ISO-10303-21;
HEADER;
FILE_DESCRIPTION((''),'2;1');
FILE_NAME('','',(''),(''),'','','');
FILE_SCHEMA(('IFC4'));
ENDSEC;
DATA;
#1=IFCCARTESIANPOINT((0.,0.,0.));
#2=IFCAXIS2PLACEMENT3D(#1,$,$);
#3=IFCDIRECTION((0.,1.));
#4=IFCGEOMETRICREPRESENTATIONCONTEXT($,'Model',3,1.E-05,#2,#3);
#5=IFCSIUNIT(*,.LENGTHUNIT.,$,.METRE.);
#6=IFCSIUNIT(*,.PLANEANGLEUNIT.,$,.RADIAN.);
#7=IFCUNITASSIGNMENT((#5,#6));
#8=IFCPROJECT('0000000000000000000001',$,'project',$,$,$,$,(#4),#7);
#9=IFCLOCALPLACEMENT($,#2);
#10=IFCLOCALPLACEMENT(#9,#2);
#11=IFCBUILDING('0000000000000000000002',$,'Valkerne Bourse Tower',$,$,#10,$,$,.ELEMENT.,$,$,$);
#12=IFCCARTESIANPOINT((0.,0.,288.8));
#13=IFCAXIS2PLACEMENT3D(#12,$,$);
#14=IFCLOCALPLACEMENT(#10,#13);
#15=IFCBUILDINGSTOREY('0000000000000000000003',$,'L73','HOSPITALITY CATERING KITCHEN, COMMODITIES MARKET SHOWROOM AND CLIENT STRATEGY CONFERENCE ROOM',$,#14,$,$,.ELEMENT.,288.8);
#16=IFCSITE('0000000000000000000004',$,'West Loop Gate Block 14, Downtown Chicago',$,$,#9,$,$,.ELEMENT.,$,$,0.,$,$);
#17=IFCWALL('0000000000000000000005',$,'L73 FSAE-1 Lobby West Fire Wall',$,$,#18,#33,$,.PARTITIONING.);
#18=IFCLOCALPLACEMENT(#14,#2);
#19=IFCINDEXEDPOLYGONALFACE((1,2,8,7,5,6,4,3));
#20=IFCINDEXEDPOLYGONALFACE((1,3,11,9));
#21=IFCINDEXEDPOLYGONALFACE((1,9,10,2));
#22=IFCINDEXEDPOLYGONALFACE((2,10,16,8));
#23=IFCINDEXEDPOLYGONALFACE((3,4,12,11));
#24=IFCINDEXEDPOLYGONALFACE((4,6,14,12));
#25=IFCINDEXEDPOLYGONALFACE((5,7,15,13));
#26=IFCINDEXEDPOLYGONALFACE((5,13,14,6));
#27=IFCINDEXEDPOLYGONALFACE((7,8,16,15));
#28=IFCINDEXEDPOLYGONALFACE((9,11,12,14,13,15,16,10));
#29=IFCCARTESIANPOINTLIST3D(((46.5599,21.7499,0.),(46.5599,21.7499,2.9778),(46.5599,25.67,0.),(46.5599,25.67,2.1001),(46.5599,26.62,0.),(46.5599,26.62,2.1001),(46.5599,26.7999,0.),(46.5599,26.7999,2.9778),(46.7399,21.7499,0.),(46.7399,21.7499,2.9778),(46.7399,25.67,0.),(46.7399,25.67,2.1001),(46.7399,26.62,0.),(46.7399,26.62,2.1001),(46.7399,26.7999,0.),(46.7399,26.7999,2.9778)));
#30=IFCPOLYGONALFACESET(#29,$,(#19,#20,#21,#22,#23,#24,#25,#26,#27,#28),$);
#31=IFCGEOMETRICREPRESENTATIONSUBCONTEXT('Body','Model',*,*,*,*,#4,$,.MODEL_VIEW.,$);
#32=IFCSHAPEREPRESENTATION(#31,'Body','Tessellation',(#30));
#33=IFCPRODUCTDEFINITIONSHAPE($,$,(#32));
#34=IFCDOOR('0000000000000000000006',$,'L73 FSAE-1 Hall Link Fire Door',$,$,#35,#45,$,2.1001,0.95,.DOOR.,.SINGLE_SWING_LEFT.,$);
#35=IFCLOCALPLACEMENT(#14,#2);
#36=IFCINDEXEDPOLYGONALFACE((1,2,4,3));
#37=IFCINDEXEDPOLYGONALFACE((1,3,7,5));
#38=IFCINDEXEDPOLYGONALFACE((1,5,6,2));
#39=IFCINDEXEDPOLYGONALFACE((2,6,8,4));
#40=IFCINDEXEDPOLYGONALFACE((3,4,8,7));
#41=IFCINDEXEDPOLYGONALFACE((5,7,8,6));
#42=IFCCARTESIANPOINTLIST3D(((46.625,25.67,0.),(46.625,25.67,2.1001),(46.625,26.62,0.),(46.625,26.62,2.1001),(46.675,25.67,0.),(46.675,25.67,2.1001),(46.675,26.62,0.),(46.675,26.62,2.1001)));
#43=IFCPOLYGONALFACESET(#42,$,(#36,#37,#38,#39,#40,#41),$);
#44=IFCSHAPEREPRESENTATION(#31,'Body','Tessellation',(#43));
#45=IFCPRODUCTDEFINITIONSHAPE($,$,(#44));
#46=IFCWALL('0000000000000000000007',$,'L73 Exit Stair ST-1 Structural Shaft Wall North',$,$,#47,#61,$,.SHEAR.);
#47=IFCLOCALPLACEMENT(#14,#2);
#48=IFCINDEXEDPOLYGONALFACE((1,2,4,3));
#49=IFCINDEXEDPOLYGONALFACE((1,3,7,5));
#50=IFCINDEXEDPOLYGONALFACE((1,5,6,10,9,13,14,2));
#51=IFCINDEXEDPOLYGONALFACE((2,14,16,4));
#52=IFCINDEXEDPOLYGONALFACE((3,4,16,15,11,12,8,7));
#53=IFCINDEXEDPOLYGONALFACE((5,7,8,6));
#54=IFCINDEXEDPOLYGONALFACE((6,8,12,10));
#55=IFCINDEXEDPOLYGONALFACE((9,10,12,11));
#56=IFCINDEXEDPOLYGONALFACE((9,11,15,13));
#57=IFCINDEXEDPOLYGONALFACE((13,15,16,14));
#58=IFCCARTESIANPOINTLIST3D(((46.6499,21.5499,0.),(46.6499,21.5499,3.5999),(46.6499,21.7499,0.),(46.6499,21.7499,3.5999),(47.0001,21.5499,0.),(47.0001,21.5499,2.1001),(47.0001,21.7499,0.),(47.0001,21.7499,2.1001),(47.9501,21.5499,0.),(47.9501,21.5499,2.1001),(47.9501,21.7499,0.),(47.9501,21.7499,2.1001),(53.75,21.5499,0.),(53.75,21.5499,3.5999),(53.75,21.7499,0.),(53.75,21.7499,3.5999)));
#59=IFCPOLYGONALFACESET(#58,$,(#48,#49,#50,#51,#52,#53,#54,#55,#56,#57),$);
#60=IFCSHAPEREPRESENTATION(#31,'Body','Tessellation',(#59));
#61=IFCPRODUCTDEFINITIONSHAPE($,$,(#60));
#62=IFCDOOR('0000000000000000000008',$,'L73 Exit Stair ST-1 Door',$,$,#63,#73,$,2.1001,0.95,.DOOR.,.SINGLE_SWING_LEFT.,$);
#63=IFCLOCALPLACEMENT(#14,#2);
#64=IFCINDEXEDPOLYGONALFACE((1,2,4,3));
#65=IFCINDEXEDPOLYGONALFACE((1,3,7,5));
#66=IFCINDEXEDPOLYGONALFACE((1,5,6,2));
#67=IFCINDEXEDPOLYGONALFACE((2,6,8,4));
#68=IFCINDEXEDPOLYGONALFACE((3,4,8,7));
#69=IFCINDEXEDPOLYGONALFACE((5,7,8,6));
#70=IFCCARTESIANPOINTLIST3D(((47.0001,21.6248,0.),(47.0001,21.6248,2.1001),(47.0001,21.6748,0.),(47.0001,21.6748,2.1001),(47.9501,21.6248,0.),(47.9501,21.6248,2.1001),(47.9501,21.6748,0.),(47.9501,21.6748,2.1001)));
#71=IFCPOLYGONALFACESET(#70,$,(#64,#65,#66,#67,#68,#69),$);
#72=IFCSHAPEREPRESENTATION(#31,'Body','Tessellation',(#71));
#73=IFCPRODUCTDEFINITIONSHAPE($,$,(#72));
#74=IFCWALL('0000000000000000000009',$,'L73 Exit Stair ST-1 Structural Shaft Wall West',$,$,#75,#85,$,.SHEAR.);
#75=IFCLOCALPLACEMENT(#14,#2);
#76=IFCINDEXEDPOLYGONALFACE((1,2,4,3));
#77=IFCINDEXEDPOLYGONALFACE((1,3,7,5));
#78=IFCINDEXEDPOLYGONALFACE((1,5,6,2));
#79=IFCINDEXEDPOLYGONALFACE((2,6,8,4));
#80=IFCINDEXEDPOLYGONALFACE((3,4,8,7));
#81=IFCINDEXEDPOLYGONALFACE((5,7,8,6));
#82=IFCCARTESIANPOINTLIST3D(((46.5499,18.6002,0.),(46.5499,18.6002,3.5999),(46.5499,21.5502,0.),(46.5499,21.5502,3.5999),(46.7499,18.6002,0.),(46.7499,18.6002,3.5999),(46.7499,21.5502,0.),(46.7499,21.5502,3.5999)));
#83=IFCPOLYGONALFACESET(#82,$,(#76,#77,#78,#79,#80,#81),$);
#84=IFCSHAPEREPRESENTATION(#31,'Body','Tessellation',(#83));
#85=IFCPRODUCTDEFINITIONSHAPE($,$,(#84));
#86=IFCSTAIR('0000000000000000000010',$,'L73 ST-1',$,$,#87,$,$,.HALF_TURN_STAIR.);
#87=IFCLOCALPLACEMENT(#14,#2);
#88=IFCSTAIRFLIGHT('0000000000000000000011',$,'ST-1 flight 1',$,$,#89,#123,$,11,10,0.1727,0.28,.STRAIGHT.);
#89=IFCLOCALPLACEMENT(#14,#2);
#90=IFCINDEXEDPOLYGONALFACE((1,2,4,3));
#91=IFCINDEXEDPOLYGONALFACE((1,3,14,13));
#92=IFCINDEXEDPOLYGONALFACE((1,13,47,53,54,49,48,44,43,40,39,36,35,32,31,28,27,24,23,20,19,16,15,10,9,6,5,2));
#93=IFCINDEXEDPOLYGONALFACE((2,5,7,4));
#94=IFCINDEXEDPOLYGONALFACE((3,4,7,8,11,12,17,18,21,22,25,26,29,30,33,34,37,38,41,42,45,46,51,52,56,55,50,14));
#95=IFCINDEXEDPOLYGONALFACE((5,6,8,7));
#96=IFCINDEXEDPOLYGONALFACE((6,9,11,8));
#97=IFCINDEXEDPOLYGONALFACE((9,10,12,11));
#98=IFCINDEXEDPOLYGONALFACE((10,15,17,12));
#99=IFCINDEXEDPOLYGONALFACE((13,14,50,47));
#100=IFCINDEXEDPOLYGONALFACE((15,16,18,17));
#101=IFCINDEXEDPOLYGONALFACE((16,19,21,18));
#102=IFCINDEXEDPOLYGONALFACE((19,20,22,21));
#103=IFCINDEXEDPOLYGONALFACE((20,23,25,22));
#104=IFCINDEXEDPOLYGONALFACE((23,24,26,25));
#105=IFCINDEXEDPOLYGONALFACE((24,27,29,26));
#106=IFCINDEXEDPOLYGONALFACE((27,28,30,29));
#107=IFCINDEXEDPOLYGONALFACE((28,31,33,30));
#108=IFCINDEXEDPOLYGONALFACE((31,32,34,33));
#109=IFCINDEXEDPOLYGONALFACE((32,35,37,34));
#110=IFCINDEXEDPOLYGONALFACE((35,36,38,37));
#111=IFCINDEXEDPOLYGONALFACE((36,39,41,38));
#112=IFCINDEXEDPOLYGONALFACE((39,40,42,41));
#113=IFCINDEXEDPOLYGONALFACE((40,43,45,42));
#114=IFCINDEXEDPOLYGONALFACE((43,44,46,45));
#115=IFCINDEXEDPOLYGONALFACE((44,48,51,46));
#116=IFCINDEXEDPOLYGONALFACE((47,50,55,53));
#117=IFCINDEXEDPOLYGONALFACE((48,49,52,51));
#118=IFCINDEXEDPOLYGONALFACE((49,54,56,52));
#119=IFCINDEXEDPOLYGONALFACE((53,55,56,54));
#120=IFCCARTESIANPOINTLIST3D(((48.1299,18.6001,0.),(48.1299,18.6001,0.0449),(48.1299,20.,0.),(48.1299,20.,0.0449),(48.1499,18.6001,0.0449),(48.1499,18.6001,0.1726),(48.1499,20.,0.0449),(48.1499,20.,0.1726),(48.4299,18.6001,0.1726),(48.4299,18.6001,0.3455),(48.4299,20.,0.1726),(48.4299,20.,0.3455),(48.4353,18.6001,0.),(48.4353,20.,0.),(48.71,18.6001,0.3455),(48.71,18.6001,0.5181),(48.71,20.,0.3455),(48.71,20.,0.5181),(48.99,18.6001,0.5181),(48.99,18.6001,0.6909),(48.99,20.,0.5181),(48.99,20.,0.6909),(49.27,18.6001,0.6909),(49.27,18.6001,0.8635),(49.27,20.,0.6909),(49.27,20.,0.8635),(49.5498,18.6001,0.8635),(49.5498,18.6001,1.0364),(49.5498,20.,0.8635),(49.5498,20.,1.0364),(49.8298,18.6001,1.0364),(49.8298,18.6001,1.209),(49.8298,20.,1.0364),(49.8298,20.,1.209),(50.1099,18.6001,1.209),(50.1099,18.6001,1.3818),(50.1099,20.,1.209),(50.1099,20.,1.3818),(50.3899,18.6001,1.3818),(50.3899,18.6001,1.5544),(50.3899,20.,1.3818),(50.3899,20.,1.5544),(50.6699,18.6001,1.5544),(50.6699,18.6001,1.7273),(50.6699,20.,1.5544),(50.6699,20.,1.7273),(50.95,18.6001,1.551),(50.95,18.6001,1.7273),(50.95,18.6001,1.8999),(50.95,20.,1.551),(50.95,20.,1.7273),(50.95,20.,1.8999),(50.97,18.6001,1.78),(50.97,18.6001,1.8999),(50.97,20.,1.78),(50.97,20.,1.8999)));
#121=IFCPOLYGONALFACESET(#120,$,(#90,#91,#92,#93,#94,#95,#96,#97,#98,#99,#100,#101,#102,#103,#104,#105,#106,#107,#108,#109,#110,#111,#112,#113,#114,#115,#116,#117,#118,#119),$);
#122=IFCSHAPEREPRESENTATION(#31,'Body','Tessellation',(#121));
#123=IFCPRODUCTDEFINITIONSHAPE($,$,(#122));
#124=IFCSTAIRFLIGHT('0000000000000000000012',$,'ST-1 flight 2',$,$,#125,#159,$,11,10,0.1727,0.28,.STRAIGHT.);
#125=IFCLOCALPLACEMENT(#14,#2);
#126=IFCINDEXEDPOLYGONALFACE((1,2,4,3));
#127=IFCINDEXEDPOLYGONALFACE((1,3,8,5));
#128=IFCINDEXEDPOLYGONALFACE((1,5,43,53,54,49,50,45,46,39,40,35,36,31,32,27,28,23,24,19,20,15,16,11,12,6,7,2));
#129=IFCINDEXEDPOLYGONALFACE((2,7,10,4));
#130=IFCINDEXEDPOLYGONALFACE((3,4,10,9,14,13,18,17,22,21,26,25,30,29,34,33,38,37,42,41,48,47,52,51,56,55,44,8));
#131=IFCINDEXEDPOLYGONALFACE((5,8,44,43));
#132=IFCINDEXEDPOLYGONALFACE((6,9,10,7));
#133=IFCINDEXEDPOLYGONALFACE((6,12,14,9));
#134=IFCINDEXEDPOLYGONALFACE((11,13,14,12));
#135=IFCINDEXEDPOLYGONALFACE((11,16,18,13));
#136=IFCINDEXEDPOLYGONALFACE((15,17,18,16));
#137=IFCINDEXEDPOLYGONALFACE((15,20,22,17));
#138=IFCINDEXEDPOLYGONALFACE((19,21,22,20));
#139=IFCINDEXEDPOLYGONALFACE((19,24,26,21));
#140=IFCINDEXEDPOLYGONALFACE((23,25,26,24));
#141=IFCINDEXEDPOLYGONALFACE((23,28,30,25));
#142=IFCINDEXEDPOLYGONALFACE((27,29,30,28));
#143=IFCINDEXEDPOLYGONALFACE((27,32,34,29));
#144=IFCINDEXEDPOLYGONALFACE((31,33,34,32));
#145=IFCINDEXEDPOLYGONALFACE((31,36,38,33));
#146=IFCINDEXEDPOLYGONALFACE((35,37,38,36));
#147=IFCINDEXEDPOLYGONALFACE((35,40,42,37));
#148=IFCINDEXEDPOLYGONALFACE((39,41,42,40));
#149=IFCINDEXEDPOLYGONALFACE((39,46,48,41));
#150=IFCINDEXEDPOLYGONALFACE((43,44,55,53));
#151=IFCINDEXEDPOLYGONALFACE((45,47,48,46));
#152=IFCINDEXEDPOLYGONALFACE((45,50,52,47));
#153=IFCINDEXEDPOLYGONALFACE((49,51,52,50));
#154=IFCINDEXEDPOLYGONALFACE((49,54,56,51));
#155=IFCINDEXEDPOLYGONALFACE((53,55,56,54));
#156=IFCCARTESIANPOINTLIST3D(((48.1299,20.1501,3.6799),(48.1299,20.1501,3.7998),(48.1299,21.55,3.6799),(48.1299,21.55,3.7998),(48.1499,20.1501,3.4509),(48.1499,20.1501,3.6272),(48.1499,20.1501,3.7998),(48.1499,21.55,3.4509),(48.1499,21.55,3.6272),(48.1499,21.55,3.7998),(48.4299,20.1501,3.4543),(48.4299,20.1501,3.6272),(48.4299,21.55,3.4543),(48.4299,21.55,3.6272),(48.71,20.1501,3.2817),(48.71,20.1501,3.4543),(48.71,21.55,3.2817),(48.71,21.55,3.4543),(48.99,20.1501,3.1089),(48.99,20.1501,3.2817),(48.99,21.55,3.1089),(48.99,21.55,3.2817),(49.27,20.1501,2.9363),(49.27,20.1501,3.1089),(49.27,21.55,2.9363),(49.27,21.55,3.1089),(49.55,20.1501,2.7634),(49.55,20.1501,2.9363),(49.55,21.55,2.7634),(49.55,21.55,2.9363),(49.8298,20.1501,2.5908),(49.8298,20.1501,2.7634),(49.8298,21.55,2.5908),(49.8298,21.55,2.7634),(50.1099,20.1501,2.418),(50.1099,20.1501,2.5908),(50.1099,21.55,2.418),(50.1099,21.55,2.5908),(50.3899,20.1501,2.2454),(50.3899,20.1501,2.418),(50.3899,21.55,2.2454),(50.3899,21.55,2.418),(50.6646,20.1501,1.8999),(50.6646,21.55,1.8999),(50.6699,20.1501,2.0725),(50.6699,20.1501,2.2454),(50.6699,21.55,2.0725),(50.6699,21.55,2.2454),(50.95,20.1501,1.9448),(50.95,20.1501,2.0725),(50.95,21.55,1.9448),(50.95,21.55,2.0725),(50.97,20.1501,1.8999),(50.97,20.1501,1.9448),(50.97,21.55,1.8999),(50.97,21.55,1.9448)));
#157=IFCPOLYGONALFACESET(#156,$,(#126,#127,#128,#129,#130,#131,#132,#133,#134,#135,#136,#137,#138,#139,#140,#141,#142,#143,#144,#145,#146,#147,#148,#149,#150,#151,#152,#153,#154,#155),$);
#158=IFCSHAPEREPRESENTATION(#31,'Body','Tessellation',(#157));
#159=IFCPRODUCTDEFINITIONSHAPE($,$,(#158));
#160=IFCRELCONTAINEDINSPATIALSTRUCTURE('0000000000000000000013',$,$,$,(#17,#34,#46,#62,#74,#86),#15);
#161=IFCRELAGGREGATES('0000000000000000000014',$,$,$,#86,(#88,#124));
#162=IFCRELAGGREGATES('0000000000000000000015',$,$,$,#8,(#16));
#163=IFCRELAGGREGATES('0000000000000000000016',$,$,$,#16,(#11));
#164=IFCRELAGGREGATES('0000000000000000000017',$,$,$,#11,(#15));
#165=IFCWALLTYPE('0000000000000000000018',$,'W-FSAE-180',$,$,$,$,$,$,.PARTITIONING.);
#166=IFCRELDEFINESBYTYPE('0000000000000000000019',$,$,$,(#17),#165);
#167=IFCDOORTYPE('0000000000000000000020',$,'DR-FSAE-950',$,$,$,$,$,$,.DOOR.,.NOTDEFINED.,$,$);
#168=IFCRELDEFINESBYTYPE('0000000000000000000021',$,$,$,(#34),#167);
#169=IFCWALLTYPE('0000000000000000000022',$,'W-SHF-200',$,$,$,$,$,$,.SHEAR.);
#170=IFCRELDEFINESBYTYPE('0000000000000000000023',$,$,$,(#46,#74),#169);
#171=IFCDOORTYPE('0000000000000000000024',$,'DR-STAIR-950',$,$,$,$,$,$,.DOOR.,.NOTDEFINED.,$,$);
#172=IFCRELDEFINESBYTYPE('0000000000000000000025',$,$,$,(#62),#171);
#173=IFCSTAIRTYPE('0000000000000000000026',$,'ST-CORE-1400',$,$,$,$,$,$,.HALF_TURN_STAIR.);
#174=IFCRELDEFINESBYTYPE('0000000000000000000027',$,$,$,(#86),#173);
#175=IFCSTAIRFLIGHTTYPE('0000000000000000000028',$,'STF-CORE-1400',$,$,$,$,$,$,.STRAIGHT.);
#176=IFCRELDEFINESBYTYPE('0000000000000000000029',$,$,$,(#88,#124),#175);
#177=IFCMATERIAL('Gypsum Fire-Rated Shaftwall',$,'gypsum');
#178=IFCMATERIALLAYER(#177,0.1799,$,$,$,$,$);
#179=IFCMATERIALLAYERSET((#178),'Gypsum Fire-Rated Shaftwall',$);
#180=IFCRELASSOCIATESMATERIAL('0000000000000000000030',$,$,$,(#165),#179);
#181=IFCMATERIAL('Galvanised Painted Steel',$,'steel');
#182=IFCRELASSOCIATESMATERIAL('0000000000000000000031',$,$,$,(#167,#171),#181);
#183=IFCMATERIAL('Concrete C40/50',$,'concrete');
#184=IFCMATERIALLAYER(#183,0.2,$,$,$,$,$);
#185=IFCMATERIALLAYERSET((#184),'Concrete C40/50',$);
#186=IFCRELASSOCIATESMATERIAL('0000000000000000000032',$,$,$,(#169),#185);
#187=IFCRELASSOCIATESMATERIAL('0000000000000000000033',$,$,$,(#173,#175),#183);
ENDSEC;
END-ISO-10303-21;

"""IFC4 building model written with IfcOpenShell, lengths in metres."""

from ifc_helpers import new_model, si_unit, direction, frame, frame_2d, origin, place, context, subcontext, project, spatial, polyline, rectangle, outline, extrude, material, layer, layer_set, type_object, element, fill, aggregate, save


model = new_model("IFC4")

# Units and contexts
model_context = context("Model", 3, precision=1e-05, world=origin(), true_north=direction((0.0, 1.0)))
body_context = subcontext(model_context, "Body", "Model", "MODEL_VIEW")
ifc_project = project(units=[si_unit("LENGTHUNIT", "METRE"), si_unit("PLANEANGLEUNIT", "RADIAN")], contexts=[model_context])

# Site, building, storey
site_placement = place(None, origin())
site = spatial("IfcSite", under=ifc_project, at=site_placement, Name="West Loop Gate Block 14, Downtown Chicago", CompositionType="ELEMENT", RefElevation=0.0)
building_placement = place(site_placement, origin())
building = spatial("IfcBuilding", under=site, at=building_placement, Name="Valkerne Bourse Tower", CompositionType="ELEMENT")
storey_placement = place(building_placement, frame((0.0, 0.0, 288.8)))
storey = spatial("IfcBuildingStorey", under=building, at=storey_placement, Name="L73", Description="HOSPITALITY CATERING KITCHEN, COMMODITIES MARKET SHOWROOM AND CLIENT STRATEGY CONFERENCE ROOM", CompositionType="ELEMENT", Elevation=288.8)

# Wall, opening, door
ifc_material_1 = material(Name="Galvanised Painted Steel", Category="steel")
ifc_material_2 = material(Name="Gypsum Fire-Rated Shaftwall", Category="gypsum")
ifc_layer_1 = layer(ifc_material_2, 0.1799)
ifc_layer_set_1 = layer_set([ifc_layer_1], Name="Gypsum Fire-Rated Shaftwall")
wall_type_1 = type_object("IfcWallType", Name="W-FSAE-180", PredefinedType="PARTITIONING", material=ifc_layer_set_1)
wall_1_placement = place(storey_placement, frame((46.6499, 21.75, 0.0), z_axis=(0.0, 0.0, 1.0), x_axis=(0.0, 1.0, 0.0)))
wall_1 = element("IfcWall", 1, at=wall_1_placement, inside=storey, type_object=wall_type_1, Name="L73 FSAE-1 Lobby West Fire Wall", PredefinedType="PARTITIONING", context=body_context, shape_type="SweptSolid", body=[
    extrude(rectangle(XDim=5.05, YDim=0.1799, at=frame_2d((2.5249, 0.0))), origin(), (0.0, 0.0, 1.0), 2.9778),
])
opening_1_placement = place(wall_1_placement, frame((3.9199, 0.0, 0.0)))
opening_1 = element("IfcOpeningElement", 2, at=opening_1_placement, cuts=wall_1, PredefinedType="OPENING", context=body_context, shape_type="SweptSolid", body=[
    extrude(rectangle(XDim=0.95, YDim=2.1001, at=frame_2d((0.4751, 1.05))), frame((0.0, 0.0999, 0.0), z_axis=(0.0, -1.0, 0.0), x_axis=(1.0, 0.0, 0.0)), (0.0, 0.0, 1.0), 0.2),
])
door_type_1 = type_object("IfcDoorType", Name="DR-FSAE-950", OperationType="NOTDEFINED", PredefinedType="DOOR", material=ifc_material_1)
door_1_placement = place(opening_1_placement, origin())
door_1 = element("IfcDoor", 3, at=door_1_placement, inside=storey, type_object=door_type_1, Name="L73 FSAE-1 Hall Link Fire Door", OperationType="SINGLE_SWING_LEFT", OverallHeight=2.1001, OverallWidth=0.95, PredefinedType="DOOR", context=body_context, shape_type="SweptSolid", body=[
    extrude(rectangle(XDim=0.95, YDim=2.1001, at=frame_2d((0.4751, 1.05))), frame((0.0, 0.0249, 0.0), z_axis=(0.0, -1.0, 0.0), x_axis=(1.0, 0.0, 0.0)), (0.0, 0.0, 1.0), 0.05),
])
fill(opening_1, door_1)

# Wall, opening, door
ifc_material_3 = material(Name="Concrete C40/50", Category="concrete")
ifc_layer_2 = layer(ifc_material_3, 0.2)
ifc_layer_set_2 = layer_set([ifc_layer_2], Name="Concrete C40/50")
wall_type_2 = type_object("IfcWallType", Name="W-SHF-200", PredefinedType="SHEAR", material=ifc_layer_set_2)
wall_2_placement = place(storey_placement, frame((46.6499, 21.6499, 0.0), z_axis=(0.0, 0.0, 1.0), x_axis=(1.0, 0.0, 0.0)))
wall_2 = element("IfcWall", 4, at=wall_2_placement, inside=storey, type_object=wall_type_2, Name="L73 Exit Stair ST-1 Structural Shaft Wall North", PredefinedType="SHEAR", context=body_context, shape_type="SweptSolid", body=[
    extrude(rectangle(XDim=7.1001, YDim=0.2, at=frame_2d((3.55, 0.0))), origin(), (0.0, 0.0, 1.0), 3.5999),
])
opening_2_placement = place(wall_2_placement, frame((0.3501, 0.0, 0.0)))
opening_2 = element("IfcOpeningElement", 5, at=opening_2_placement, cuts=wall_2, PredefinedType="OPENING", context=body_context, shape_type="SweptSolid", body=[
    extrude(rectangle(XDim=0.95, YDim=2.1001, at=frame_2d((0.4751, 1.05))), frame((0.0, 0.1099, 0.0), z_axis=(0.0, -1.0, 0.0), x_axis=(1.0, 0.0, 0.0)), (0.0, 0.0, 1.0), 0.22),
])
door_type_2 = type_object("IfcDoorType", Name="DR-STAIR-950", OperationType="NOTDEFINED", PredefinedType="DOOR", material=ifc_material_1)
door_2_placement = place(opening_2_placement, origin())
door_2 = element("IfcDoor", 6, at=door_2_placement, inside=storey, type_object=door_type_2, Name="L73 Exit Stair ST-1 Door", OperationType="SINGLE_SWING_LEFT", OverallHeight=2.1001, OverallWidth=0.95, PredefinedType="DOOR", context=body_context, shape_type="SweptSolid", body=[
    extrude(rectangle(XDim=0.95, YDim=2.1001, at=frame_2d((0.4751, 1.05))), frame((0.0, 0.0249, 0.0), z_axis=(0.0, -1.0, 0.0), x_axis=(1.0, 0.0, 0.0)), (0.0, 0.0, 1.0), 0.05),
])
fill(opening_2, door_2)

# Wall
wall_3_placement = place(storey_placement, frame((46.6499, 18.6001, 0.0), z_axis=(0.0, 0.0, 1.0), x_axis=(0.0, 1.0, 0.0)))
element("IfcWall", 7, at=wall_3_placement, inside=storey, type_object=wall_type_2, Name="L73 Exit Stair ST-1 Structural Shaft Wall West", PredefinedType="SHEAR", context=body_context, shape_type="SweptSolid", body=[
    extrude(rectangle(XDim=2.95, YDim=0.2, at=frame_2d((1.4751, 0.0))), origin(), (0.0, 0.0, 1.0), 3.5999),
])

# Stair, stair flights
stair_type = type_object("IfcStairType", Name="ST-CORE-1400", PredefinedType="HALF_TURN_STAIR", material=ifc_material_3)
stair_placement = place(storey_placement, origin())
stair = element("IfcStair", 8, at=stair_placement, inside=storey, type_object=stair_type, Name="L73 ST-1", PredefinedType="HALF_TURN_STAIR")
stair_flight_type = type_object("IfcStairFlightType", Name="STF-CORE-1400", PredefinedType="STRAIGHT", material=ifc_material_3)
stair_flight_1_placement = place(storey_placement, frame((48.1499, 19.3, 0.0), z_axis=(0.0, 0.0, 1.0), x_axis=(1.0, 0.0, 0.0)))
stair_flight_1 = element("IfcStairFlight", 9, at=stair_flight_1_placement, type_object=stair_flight_type, Name="ST-1 flight 1", NumberOfRisers=11, NumberOfTreads=10, PredefinedType="STRAIGHT", RiserHeight=0.1727, TreadLength=0.28, context=body_context, shape_type="SweptSolid", body=[
    extrude(outline(polyline([(-0.02, 0.0), (-0.02, 0.0449), (0.0, 0.0449), (0.0, 0.1726), (0.28, 0.1726), (0.28, 0.3455), (0.5601, 0.3455), (0.5601, 0.5181), (0.8401, 0.5181), (0.8401, 0.6909), (1.1201, 0.6909), (1.1201, 0.8635), (1.3999, 0.8635), (1.3999, 1.0364), (1.6799, 1.0364), (1.6799, 1.209), (1.96, 1.209), (1.96, 1.3818), (2.24, 1.3818), (2.24, 1.5544), (2.52, 1.5544), (2.52, 1.7273), (2.8, 1.7273), (2.8, 1.8999), (2.8201, 1.8999), (2.8201, 1.78), (2.8, 1.551), (0.2854, 0.0), (-0.02, 0.0)])), frame((0.0, 0.7, 0.0), z_axis=(0.0, -1.0, 0.0), x_axis=(1.0, 0.0, 0.0)), (0.0, 0.0, 1.0), 1.3999),
])
stair_flight_2_placement = place(storey_placement, frame((50.95, 20.8501, 1.8999), z_axis=(0.0, 0.0, 1.0), x_axis=(-1.0, 0.0, 0.0)))
stair_flight_2 = element("IfcStairFlight", 10, at=stair_flight_2_placement, type_object=stair_flight_type, Name="ST-1 flight 2", NumberOfRisers=11, NumberOfTreads=10, PredefinedType="STRAIGHT", RiserHeight=0.1727, TreadLength=0.28, context=body_context, shape_type="SweptSolid", body=[
    extrude(outline(polyline([(-0.02, 0.0), (-0.02, 0.0449), (0.0, 0.0449), (0.0, 0.1726), (0.28, 0.1726), (0.28, 0.3455), (0.5601, 0.3455), (0.5601, 0.5181), (0.8401, 0.5181), (0.8401, 0.6909), (1.1201, 0.6909), (1.1201, 0.8635), (1.3999, 0.8635), (1.3999, 1.0364), (1.6799, 1.0364), (1.6799, 1.209), (1.96, 1.209), (1.96, 1.3818), (2.24, 1.3818), (2.24, 1.5544), (2.52, 1.5544), (2.52, 1.7273), (2.8, 1.7273), (2.8, 1.8999), (2.8201, 1.8999), (2.8201, 1.78), (2.8, 1.551), (0.2854, 0.0), (-0.02, 0.0)])), frame((0.0, 0.7, 0.0), z_axis=(0.0, -1.0, 0.0), x_axis=(1.0, 0.0, 0.0)), (0.0, 0.0, 1.0), 1.3999),
])
aggregate(stair, [stair_flight_1, stair_flight_2])

save(model, "model.ifc")
